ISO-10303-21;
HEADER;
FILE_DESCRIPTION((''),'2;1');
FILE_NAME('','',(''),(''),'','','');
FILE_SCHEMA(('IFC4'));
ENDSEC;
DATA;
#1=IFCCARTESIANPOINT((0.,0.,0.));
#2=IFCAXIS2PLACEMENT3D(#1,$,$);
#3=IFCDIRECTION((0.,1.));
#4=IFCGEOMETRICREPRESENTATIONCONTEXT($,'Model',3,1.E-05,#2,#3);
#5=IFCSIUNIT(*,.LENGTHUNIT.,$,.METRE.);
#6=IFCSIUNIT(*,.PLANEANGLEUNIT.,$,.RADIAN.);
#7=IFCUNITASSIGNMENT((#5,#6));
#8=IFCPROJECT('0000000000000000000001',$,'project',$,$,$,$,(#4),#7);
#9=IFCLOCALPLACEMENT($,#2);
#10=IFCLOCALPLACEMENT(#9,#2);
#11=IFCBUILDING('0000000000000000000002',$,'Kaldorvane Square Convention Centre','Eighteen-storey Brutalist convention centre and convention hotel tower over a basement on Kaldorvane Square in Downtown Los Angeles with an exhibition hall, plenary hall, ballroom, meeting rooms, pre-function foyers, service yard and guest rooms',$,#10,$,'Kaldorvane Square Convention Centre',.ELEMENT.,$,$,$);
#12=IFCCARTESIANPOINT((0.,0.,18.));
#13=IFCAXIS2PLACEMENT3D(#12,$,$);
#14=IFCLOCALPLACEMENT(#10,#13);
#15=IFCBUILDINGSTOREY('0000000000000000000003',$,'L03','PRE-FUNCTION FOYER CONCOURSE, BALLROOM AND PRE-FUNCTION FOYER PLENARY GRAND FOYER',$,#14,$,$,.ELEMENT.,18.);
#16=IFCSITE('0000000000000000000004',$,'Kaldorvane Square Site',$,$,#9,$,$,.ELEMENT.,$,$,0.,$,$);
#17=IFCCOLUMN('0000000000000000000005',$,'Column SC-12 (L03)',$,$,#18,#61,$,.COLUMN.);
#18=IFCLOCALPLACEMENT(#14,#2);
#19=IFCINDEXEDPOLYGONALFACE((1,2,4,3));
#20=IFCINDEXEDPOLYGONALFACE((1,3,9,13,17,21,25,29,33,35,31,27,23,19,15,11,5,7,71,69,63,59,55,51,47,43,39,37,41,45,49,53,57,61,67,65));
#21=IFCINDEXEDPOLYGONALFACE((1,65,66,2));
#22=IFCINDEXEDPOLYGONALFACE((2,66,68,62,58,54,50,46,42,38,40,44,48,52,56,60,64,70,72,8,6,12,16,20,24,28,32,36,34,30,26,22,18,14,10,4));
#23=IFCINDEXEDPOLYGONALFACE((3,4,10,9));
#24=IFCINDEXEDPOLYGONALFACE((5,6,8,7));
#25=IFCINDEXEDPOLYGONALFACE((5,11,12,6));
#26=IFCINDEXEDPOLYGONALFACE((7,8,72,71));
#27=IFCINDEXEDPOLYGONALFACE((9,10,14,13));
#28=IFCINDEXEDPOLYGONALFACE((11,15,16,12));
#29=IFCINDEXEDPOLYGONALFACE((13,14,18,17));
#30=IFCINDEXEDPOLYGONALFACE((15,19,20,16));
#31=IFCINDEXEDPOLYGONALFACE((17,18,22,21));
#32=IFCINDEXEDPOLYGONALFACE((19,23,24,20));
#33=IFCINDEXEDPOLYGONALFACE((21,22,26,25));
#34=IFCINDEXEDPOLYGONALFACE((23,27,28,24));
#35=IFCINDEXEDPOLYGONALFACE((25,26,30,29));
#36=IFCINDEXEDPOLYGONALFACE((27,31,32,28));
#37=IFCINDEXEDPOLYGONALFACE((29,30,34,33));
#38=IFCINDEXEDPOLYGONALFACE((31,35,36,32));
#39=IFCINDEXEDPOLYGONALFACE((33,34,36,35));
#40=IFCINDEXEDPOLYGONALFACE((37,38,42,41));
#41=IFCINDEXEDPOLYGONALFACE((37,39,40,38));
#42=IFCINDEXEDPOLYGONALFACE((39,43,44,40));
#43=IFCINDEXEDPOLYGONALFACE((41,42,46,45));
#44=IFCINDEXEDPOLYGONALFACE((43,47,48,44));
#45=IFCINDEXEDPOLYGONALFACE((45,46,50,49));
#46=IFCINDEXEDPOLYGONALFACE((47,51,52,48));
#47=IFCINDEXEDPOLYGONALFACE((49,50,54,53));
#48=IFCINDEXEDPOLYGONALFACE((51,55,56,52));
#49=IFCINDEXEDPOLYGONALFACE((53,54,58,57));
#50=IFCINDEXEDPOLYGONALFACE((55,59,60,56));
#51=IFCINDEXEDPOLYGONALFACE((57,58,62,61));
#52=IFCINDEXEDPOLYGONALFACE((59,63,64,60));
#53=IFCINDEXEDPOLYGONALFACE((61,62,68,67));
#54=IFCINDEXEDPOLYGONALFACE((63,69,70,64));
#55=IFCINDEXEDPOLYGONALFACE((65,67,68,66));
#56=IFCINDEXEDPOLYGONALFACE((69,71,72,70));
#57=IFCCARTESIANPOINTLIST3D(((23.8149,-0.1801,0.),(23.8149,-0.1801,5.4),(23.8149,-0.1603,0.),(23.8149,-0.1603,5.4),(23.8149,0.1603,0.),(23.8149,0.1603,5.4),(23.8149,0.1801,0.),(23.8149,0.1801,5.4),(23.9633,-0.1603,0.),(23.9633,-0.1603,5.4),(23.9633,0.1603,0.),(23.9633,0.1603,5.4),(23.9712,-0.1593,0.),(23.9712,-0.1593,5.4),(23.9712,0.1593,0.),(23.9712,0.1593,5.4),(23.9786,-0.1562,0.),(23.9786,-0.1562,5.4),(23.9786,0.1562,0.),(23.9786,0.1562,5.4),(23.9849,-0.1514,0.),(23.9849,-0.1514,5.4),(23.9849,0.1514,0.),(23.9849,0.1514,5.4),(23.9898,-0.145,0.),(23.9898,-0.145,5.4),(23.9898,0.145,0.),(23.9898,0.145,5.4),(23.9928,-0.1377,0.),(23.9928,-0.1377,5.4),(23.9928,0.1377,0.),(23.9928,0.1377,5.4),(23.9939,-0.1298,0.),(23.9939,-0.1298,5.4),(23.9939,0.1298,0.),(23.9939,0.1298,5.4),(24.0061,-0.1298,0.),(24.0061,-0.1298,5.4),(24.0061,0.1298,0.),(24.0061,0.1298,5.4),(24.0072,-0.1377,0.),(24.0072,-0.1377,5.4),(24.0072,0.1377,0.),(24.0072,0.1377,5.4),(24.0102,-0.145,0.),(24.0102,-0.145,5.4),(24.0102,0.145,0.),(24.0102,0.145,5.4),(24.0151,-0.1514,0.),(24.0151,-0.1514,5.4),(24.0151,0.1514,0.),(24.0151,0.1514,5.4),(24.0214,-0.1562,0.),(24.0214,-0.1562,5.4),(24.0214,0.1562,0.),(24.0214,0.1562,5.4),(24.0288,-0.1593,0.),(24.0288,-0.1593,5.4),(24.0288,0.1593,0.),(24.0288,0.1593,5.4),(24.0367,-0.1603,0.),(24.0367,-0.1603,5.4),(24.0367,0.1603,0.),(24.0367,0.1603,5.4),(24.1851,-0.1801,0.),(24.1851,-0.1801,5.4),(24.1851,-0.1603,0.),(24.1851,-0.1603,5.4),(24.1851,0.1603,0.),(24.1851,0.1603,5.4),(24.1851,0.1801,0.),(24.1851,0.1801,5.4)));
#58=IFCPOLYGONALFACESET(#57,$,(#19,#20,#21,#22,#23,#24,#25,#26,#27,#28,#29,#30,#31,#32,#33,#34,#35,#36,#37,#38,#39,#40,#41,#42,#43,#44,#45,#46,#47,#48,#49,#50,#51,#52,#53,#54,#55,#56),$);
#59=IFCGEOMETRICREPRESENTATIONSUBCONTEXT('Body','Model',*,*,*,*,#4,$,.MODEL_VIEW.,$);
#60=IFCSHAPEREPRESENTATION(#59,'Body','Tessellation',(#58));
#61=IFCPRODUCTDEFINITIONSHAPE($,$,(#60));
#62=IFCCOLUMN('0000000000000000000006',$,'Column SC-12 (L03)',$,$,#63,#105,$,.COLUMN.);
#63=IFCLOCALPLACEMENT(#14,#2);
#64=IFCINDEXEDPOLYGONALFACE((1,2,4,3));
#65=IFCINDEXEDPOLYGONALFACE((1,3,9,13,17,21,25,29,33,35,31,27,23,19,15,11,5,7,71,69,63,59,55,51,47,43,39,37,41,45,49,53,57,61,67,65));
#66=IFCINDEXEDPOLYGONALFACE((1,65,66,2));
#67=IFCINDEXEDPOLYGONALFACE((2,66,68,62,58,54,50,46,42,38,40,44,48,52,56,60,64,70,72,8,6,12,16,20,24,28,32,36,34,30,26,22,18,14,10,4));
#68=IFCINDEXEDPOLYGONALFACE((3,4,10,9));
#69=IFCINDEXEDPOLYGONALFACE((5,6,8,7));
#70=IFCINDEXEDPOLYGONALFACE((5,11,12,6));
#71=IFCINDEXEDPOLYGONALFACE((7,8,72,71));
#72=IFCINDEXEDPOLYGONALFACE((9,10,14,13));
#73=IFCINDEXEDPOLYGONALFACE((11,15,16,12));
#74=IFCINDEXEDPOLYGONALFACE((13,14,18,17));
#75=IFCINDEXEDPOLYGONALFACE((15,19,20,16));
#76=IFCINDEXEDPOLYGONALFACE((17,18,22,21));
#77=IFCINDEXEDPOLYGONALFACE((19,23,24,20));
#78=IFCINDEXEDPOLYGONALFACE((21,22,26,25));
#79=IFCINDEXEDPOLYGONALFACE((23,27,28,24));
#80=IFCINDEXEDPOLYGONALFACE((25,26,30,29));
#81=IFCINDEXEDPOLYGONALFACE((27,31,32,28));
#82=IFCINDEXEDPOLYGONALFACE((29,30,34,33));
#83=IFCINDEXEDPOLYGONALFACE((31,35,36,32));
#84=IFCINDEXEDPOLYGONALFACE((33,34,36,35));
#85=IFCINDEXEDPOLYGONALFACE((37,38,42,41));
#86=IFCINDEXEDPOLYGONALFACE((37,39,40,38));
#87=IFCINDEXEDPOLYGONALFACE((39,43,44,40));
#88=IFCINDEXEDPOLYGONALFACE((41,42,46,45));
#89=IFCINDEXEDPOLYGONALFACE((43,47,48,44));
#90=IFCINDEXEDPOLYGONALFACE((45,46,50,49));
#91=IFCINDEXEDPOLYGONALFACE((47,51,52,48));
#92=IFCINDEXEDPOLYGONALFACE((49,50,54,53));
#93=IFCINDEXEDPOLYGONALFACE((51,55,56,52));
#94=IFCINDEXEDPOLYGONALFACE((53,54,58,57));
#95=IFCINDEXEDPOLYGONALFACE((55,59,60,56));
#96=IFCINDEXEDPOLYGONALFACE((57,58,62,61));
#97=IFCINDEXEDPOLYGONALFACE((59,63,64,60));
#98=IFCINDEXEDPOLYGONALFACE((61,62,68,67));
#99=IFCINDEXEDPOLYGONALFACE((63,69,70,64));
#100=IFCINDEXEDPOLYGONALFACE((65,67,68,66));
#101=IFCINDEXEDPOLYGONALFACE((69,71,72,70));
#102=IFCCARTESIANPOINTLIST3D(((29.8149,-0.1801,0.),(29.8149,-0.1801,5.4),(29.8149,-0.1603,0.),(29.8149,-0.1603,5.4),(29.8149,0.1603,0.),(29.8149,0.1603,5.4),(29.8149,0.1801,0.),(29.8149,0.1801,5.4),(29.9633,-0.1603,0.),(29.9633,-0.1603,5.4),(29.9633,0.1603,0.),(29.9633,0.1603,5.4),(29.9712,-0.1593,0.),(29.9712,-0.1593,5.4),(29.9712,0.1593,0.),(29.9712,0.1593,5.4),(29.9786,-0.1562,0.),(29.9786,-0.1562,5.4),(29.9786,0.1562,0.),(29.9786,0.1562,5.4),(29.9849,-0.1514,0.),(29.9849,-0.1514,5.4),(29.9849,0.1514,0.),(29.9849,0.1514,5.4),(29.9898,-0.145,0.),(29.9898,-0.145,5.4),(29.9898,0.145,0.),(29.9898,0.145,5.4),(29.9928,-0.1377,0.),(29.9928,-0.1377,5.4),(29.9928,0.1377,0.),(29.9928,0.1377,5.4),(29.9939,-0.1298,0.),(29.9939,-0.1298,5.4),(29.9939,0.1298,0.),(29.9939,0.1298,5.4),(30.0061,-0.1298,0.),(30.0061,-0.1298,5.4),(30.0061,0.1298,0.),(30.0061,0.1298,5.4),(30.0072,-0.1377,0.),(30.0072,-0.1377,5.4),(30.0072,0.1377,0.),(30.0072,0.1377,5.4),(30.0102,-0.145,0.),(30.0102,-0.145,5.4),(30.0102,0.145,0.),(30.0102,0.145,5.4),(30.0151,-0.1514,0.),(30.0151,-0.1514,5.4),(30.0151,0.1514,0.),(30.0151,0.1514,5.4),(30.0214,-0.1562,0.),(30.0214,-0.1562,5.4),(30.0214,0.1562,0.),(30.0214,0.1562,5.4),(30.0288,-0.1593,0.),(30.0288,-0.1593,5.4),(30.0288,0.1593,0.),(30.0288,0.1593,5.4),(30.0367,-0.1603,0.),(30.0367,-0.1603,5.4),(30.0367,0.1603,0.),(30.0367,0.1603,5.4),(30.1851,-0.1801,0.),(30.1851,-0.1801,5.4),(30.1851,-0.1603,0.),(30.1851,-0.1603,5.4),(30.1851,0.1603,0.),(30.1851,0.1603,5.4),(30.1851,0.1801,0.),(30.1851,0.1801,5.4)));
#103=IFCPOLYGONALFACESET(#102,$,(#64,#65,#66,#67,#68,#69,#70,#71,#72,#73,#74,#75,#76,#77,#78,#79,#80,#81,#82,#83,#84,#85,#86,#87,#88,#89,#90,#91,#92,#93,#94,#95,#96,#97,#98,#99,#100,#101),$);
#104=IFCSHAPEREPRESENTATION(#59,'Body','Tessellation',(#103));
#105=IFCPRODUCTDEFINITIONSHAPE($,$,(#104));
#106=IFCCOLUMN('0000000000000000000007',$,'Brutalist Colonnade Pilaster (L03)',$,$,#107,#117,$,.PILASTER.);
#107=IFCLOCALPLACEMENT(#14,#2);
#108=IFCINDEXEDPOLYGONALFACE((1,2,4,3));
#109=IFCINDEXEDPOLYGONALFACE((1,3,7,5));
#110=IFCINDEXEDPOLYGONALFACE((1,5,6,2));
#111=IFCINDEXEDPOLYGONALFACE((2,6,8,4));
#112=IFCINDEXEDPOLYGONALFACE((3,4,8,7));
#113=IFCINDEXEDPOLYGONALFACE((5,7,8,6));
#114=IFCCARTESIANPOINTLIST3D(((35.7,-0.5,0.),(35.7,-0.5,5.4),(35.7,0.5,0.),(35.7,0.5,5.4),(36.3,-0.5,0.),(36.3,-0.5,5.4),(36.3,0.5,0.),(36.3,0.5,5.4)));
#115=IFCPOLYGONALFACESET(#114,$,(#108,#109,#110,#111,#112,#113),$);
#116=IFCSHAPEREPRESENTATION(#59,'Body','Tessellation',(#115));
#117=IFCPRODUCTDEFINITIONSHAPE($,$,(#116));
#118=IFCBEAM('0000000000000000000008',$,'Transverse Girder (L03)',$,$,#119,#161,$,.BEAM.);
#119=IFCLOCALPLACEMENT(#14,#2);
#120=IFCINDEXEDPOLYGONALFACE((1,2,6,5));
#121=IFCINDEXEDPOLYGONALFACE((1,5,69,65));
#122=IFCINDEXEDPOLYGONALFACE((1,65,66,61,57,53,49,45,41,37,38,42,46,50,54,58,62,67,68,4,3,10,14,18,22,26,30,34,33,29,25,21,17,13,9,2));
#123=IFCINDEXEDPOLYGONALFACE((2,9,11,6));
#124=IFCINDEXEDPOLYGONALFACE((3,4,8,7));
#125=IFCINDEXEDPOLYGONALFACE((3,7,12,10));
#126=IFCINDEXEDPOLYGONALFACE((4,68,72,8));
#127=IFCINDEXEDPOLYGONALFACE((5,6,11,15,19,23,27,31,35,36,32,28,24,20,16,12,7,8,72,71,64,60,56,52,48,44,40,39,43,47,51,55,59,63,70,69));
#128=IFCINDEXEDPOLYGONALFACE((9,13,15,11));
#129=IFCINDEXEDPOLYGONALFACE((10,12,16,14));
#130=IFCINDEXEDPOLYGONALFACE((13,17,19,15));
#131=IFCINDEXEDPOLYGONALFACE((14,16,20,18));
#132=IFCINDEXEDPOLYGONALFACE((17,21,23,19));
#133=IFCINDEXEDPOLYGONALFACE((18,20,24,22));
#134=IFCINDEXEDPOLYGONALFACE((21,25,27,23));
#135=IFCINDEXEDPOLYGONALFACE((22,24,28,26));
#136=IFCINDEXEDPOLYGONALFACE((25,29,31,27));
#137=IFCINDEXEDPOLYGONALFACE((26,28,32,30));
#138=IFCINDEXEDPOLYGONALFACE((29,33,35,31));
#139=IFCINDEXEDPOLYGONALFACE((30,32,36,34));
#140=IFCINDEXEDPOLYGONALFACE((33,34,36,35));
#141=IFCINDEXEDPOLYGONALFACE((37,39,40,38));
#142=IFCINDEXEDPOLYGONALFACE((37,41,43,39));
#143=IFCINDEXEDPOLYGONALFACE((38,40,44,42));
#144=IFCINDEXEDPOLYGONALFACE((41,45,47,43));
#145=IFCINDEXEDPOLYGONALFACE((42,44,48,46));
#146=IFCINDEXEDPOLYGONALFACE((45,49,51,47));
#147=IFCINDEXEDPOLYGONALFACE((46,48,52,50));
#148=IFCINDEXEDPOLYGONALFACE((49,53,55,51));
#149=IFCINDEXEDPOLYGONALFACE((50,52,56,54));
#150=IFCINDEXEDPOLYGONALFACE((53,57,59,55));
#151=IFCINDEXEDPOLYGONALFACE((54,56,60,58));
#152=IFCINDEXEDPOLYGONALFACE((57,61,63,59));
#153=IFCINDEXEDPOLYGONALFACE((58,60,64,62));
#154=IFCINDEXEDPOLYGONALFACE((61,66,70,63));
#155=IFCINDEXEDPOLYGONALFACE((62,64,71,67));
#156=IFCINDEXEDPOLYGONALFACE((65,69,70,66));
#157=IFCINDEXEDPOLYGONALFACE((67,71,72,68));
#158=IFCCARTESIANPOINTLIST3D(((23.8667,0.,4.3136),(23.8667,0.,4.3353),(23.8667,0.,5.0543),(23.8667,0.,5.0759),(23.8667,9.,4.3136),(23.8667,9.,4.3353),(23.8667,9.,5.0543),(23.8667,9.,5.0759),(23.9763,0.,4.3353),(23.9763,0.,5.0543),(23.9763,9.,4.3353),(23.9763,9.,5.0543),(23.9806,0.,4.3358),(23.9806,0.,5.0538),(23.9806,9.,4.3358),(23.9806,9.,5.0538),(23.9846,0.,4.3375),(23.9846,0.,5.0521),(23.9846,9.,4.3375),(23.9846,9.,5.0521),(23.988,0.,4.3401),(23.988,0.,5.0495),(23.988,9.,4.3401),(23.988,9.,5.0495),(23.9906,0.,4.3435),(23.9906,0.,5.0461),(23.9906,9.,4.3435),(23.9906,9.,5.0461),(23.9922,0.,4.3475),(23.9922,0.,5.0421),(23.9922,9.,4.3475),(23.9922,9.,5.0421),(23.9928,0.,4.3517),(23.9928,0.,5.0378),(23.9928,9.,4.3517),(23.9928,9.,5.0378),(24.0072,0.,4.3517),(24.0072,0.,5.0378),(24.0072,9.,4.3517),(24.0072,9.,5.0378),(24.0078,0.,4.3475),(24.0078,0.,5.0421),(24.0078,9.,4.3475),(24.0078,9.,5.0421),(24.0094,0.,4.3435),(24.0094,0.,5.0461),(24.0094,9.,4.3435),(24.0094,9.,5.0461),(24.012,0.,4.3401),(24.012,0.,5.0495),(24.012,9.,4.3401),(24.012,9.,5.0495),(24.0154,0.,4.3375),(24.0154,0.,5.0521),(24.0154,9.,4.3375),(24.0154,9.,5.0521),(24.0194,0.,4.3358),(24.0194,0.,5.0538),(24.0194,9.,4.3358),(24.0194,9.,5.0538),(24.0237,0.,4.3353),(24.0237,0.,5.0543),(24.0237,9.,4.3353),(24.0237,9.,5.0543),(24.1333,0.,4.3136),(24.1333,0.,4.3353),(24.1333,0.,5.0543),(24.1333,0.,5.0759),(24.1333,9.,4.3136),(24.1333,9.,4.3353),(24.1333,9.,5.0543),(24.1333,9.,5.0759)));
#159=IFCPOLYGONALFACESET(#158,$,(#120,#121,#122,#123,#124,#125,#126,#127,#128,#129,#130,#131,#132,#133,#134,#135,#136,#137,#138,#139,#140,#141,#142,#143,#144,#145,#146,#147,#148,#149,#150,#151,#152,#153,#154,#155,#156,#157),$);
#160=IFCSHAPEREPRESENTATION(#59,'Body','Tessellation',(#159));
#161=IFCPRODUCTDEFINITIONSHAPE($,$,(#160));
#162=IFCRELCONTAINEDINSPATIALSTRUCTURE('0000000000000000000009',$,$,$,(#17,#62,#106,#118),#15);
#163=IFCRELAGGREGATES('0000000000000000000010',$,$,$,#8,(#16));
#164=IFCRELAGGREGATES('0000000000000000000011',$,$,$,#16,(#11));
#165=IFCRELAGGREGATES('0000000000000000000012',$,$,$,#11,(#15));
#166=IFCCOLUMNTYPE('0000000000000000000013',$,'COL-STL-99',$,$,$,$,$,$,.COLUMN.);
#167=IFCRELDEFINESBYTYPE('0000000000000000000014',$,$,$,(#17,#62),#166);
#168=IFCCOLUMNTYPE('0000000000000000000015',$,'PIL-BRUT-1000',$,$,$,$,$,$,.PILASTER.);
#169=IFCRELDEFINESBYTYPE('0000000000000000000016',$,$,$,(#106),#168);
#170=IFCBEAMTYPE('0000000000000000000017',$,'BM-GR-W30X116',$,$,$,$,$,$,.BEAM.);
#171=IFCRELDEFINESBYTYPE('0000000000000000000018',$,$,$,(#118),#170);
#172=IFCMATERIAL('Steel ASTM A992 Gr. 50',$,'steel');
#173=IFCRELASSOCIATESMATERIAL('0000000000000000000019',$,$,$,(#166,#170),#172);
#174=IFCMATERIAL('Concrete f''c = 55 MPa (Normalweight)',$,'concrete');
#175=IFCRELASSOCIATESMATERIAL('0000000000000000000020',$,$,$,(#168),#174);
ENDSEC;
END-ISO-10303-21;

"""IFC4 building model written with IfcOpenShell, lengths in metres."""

from ifc_helpers import new_model, si_unit, direction, frame, origin, origin_2d, place, context, subcontext, project, spatial, rectangle, i_section, extrude, material, material_profile, profile_set, type_object, element, save


model = new_model("IFC4")

# Units and contexts
model_context = context("Model", 3, precision=1e-05, world=origin(), true_north=direction((0.0, 1.0)))
body_context = subcontext(model_context, "Body", "Model", "MODEL_VIEW")
ifc_project = project(units=[si_unit("LENGTHUNIT", "METRE"), si_unit("PLANEANGLEUNIT", "RADIAN")], contexts=[model_context])

# Site, building, storey
site_placement = place(None, origin())
site = spatial("IfcSite", under=ifc_project, at=site_placement, Name="Kaldorvane Square Site", CompositionType="ELEMENT", RefElevation=0.0)
building_placement = place(site_placement, origin())
building = spatial("IfcBuilding", under=site, at=building_placement, Name="Kaldorvane Square Convention Centre", Description="Eighteen-storey Brutalist convention centre and convention hotel tower over a basement on Kaldorvane Square in Downtown Los Angeles with an exhibition hall, plenary hall, ballroom, meeting rooms, pre-function foyers, service yard and guest rooms", LongName="Kaldorvane Square Convention Centre", CompositionType="ELEMENT")
storey_placement = place(building_placement, frame((0.0, 0.0, 18.0)))
storey = spatial("IfcBuildingStorey", under=building, at=storey_placement, Name="L03", Description="PRE-FUNCTION FOYER CONCOURSE, BALLROOM AND PRE-FUNCTION FOYER PLENARY GRAND FOYER", CompositionType="ELEMENT", Elevation=18.0)

# Columns
ifc_material_1 = material(Name="Steel ASTM A992 Gr. 50", Category="steel")
ifc_material_profile_1 = material_profile(ifc_material_1, i_section(OverallWidth=0.3701, OverallDepth=0.3602, WebThickness=0.0123, FlangeThickness=0.0198, FilletRadius=0.0305, at=origin_2d()), Name="W14X99")
ifc_profile_set_1 = profile_set([ifc_material_profile_1], Name="Steel ASTM A992 Gr. 50")
column_type_1 = type_object("IfcColumnType", Name="COL-STL-99", PredefinedType="COLUMN", material=ifc_profile_set_1)
for number, where, z_axis, x_axis, name in (
    (1, (24.0, 0.0, 0.0), (0.0, 0.0, 1.0), (1.0, 0.0, 0.0), "Column SC-12 (L03)"),
    (2, (30.0, 0.0, 0.0), (0.0, 0.0, 1.0), (1.0, 0.0, 0.0), "Column SC-12 (L03)"),
):
    element("IfcColumn", number, at=place(storey_placement, frame(where, z_axis=z_axis, x_axis=x_axis)), inside=storey, type_object=column_type_1, Name=name, PredefinedType="COLUMN", context=body_context, shape_type="SweptSolid", body=[
        extrude(i_section(OverallWidth=0.3701, OverallDepth=0.3602, WebThickness=0.0123, FlangeThickness=0.0198, FilletRadius=0.0305, at=origin_2d()), origin(), (0.0, 0.0, 1.0), 5.4),
    ])
ifc_material_2 = material(Name="Concrete f'c = 55 MPa (Normalweight)", Category="concrete")
ifc_material_profile_2 = material_profile(ifc_material_2, rectangle(XDim=0.6, YDim=1.0, at=origin_2d()), Name="PIL1000X600")
ifc_profile_set_2 = profile_set([ifc_material_profile_2], Name="Concrete f'c = 55 MPa (Normalweight)")
column_type_2 = type_object("IfcColumnType", Name="PIL-BRUT-1000", PredefinedType="PILASTER", material=ifc_profile_set_2)
column_placement = place(storey_placement, frame((36.0, 0.0, 0.0), z_axis=(0.0, 0.0, 1.0), x_axis=(1.0, 0.0, 0.0)))
element("IfcColumn", 3, at=column_placement, inside=storey, type_object=column_type_2, Name="Brutalist Colonnade Pilaster (L03)", PredefinedType="PILASTER", context=body_context, shape_type="SweptSolid", body=[
    extrude(rectangle(XDim=0.6, YDim=1.0, at=origin_2d()), origin(), (0.0, 0.0, 1.0), 5.4),
])

# Beam
ifc_material_profile_3 = material_profile(ifc_material_1, i_section(OverallWidth=0.2666, OverallDepth=0.7623, WebThickness=0.0144, FlangeThickness=0.0216, FilletRadius=0.0165, at=origin_2d()), Name="W30X116")
ifc_profile_set_3 = profile_set([ifc_material_profile_3], Name="Steel ASTM A992 Gr. 50")
beam_type_1 = type_object("IfcBeamType", Name="BM-GR-W30X116", PredefinedType="BEAM", material=ifc_profile_set_3)
for number, where, z_axis, x_axis, name in (
    (4, (24.0, 0.0, 4.6948), (0.0, 1.0, 0.0), (-1.0, 0.0, 0.0), "Transverse Girder (L03)"),
):
    element("IfcBeam", number, at=place(storey_placement, frame(where, z_axis=z_axis, x_axis=x_axis)), inside=storey, type_object=beam_type_1, Name=name, PredefinedType="BEAM", context=body_context, shape_type="SweptSolid", body=[
        extrude(i_section(OverallWidth=0.2666, OverallDepth=0.7623, WebThickness=0.0144, FlangeThickness=0.0216, FilletRadius=0.0165, at=origin_2d()), origin(), (0.0, 0.0, 1.0), 9.0),
    ])

save(model, "model.ifc")
